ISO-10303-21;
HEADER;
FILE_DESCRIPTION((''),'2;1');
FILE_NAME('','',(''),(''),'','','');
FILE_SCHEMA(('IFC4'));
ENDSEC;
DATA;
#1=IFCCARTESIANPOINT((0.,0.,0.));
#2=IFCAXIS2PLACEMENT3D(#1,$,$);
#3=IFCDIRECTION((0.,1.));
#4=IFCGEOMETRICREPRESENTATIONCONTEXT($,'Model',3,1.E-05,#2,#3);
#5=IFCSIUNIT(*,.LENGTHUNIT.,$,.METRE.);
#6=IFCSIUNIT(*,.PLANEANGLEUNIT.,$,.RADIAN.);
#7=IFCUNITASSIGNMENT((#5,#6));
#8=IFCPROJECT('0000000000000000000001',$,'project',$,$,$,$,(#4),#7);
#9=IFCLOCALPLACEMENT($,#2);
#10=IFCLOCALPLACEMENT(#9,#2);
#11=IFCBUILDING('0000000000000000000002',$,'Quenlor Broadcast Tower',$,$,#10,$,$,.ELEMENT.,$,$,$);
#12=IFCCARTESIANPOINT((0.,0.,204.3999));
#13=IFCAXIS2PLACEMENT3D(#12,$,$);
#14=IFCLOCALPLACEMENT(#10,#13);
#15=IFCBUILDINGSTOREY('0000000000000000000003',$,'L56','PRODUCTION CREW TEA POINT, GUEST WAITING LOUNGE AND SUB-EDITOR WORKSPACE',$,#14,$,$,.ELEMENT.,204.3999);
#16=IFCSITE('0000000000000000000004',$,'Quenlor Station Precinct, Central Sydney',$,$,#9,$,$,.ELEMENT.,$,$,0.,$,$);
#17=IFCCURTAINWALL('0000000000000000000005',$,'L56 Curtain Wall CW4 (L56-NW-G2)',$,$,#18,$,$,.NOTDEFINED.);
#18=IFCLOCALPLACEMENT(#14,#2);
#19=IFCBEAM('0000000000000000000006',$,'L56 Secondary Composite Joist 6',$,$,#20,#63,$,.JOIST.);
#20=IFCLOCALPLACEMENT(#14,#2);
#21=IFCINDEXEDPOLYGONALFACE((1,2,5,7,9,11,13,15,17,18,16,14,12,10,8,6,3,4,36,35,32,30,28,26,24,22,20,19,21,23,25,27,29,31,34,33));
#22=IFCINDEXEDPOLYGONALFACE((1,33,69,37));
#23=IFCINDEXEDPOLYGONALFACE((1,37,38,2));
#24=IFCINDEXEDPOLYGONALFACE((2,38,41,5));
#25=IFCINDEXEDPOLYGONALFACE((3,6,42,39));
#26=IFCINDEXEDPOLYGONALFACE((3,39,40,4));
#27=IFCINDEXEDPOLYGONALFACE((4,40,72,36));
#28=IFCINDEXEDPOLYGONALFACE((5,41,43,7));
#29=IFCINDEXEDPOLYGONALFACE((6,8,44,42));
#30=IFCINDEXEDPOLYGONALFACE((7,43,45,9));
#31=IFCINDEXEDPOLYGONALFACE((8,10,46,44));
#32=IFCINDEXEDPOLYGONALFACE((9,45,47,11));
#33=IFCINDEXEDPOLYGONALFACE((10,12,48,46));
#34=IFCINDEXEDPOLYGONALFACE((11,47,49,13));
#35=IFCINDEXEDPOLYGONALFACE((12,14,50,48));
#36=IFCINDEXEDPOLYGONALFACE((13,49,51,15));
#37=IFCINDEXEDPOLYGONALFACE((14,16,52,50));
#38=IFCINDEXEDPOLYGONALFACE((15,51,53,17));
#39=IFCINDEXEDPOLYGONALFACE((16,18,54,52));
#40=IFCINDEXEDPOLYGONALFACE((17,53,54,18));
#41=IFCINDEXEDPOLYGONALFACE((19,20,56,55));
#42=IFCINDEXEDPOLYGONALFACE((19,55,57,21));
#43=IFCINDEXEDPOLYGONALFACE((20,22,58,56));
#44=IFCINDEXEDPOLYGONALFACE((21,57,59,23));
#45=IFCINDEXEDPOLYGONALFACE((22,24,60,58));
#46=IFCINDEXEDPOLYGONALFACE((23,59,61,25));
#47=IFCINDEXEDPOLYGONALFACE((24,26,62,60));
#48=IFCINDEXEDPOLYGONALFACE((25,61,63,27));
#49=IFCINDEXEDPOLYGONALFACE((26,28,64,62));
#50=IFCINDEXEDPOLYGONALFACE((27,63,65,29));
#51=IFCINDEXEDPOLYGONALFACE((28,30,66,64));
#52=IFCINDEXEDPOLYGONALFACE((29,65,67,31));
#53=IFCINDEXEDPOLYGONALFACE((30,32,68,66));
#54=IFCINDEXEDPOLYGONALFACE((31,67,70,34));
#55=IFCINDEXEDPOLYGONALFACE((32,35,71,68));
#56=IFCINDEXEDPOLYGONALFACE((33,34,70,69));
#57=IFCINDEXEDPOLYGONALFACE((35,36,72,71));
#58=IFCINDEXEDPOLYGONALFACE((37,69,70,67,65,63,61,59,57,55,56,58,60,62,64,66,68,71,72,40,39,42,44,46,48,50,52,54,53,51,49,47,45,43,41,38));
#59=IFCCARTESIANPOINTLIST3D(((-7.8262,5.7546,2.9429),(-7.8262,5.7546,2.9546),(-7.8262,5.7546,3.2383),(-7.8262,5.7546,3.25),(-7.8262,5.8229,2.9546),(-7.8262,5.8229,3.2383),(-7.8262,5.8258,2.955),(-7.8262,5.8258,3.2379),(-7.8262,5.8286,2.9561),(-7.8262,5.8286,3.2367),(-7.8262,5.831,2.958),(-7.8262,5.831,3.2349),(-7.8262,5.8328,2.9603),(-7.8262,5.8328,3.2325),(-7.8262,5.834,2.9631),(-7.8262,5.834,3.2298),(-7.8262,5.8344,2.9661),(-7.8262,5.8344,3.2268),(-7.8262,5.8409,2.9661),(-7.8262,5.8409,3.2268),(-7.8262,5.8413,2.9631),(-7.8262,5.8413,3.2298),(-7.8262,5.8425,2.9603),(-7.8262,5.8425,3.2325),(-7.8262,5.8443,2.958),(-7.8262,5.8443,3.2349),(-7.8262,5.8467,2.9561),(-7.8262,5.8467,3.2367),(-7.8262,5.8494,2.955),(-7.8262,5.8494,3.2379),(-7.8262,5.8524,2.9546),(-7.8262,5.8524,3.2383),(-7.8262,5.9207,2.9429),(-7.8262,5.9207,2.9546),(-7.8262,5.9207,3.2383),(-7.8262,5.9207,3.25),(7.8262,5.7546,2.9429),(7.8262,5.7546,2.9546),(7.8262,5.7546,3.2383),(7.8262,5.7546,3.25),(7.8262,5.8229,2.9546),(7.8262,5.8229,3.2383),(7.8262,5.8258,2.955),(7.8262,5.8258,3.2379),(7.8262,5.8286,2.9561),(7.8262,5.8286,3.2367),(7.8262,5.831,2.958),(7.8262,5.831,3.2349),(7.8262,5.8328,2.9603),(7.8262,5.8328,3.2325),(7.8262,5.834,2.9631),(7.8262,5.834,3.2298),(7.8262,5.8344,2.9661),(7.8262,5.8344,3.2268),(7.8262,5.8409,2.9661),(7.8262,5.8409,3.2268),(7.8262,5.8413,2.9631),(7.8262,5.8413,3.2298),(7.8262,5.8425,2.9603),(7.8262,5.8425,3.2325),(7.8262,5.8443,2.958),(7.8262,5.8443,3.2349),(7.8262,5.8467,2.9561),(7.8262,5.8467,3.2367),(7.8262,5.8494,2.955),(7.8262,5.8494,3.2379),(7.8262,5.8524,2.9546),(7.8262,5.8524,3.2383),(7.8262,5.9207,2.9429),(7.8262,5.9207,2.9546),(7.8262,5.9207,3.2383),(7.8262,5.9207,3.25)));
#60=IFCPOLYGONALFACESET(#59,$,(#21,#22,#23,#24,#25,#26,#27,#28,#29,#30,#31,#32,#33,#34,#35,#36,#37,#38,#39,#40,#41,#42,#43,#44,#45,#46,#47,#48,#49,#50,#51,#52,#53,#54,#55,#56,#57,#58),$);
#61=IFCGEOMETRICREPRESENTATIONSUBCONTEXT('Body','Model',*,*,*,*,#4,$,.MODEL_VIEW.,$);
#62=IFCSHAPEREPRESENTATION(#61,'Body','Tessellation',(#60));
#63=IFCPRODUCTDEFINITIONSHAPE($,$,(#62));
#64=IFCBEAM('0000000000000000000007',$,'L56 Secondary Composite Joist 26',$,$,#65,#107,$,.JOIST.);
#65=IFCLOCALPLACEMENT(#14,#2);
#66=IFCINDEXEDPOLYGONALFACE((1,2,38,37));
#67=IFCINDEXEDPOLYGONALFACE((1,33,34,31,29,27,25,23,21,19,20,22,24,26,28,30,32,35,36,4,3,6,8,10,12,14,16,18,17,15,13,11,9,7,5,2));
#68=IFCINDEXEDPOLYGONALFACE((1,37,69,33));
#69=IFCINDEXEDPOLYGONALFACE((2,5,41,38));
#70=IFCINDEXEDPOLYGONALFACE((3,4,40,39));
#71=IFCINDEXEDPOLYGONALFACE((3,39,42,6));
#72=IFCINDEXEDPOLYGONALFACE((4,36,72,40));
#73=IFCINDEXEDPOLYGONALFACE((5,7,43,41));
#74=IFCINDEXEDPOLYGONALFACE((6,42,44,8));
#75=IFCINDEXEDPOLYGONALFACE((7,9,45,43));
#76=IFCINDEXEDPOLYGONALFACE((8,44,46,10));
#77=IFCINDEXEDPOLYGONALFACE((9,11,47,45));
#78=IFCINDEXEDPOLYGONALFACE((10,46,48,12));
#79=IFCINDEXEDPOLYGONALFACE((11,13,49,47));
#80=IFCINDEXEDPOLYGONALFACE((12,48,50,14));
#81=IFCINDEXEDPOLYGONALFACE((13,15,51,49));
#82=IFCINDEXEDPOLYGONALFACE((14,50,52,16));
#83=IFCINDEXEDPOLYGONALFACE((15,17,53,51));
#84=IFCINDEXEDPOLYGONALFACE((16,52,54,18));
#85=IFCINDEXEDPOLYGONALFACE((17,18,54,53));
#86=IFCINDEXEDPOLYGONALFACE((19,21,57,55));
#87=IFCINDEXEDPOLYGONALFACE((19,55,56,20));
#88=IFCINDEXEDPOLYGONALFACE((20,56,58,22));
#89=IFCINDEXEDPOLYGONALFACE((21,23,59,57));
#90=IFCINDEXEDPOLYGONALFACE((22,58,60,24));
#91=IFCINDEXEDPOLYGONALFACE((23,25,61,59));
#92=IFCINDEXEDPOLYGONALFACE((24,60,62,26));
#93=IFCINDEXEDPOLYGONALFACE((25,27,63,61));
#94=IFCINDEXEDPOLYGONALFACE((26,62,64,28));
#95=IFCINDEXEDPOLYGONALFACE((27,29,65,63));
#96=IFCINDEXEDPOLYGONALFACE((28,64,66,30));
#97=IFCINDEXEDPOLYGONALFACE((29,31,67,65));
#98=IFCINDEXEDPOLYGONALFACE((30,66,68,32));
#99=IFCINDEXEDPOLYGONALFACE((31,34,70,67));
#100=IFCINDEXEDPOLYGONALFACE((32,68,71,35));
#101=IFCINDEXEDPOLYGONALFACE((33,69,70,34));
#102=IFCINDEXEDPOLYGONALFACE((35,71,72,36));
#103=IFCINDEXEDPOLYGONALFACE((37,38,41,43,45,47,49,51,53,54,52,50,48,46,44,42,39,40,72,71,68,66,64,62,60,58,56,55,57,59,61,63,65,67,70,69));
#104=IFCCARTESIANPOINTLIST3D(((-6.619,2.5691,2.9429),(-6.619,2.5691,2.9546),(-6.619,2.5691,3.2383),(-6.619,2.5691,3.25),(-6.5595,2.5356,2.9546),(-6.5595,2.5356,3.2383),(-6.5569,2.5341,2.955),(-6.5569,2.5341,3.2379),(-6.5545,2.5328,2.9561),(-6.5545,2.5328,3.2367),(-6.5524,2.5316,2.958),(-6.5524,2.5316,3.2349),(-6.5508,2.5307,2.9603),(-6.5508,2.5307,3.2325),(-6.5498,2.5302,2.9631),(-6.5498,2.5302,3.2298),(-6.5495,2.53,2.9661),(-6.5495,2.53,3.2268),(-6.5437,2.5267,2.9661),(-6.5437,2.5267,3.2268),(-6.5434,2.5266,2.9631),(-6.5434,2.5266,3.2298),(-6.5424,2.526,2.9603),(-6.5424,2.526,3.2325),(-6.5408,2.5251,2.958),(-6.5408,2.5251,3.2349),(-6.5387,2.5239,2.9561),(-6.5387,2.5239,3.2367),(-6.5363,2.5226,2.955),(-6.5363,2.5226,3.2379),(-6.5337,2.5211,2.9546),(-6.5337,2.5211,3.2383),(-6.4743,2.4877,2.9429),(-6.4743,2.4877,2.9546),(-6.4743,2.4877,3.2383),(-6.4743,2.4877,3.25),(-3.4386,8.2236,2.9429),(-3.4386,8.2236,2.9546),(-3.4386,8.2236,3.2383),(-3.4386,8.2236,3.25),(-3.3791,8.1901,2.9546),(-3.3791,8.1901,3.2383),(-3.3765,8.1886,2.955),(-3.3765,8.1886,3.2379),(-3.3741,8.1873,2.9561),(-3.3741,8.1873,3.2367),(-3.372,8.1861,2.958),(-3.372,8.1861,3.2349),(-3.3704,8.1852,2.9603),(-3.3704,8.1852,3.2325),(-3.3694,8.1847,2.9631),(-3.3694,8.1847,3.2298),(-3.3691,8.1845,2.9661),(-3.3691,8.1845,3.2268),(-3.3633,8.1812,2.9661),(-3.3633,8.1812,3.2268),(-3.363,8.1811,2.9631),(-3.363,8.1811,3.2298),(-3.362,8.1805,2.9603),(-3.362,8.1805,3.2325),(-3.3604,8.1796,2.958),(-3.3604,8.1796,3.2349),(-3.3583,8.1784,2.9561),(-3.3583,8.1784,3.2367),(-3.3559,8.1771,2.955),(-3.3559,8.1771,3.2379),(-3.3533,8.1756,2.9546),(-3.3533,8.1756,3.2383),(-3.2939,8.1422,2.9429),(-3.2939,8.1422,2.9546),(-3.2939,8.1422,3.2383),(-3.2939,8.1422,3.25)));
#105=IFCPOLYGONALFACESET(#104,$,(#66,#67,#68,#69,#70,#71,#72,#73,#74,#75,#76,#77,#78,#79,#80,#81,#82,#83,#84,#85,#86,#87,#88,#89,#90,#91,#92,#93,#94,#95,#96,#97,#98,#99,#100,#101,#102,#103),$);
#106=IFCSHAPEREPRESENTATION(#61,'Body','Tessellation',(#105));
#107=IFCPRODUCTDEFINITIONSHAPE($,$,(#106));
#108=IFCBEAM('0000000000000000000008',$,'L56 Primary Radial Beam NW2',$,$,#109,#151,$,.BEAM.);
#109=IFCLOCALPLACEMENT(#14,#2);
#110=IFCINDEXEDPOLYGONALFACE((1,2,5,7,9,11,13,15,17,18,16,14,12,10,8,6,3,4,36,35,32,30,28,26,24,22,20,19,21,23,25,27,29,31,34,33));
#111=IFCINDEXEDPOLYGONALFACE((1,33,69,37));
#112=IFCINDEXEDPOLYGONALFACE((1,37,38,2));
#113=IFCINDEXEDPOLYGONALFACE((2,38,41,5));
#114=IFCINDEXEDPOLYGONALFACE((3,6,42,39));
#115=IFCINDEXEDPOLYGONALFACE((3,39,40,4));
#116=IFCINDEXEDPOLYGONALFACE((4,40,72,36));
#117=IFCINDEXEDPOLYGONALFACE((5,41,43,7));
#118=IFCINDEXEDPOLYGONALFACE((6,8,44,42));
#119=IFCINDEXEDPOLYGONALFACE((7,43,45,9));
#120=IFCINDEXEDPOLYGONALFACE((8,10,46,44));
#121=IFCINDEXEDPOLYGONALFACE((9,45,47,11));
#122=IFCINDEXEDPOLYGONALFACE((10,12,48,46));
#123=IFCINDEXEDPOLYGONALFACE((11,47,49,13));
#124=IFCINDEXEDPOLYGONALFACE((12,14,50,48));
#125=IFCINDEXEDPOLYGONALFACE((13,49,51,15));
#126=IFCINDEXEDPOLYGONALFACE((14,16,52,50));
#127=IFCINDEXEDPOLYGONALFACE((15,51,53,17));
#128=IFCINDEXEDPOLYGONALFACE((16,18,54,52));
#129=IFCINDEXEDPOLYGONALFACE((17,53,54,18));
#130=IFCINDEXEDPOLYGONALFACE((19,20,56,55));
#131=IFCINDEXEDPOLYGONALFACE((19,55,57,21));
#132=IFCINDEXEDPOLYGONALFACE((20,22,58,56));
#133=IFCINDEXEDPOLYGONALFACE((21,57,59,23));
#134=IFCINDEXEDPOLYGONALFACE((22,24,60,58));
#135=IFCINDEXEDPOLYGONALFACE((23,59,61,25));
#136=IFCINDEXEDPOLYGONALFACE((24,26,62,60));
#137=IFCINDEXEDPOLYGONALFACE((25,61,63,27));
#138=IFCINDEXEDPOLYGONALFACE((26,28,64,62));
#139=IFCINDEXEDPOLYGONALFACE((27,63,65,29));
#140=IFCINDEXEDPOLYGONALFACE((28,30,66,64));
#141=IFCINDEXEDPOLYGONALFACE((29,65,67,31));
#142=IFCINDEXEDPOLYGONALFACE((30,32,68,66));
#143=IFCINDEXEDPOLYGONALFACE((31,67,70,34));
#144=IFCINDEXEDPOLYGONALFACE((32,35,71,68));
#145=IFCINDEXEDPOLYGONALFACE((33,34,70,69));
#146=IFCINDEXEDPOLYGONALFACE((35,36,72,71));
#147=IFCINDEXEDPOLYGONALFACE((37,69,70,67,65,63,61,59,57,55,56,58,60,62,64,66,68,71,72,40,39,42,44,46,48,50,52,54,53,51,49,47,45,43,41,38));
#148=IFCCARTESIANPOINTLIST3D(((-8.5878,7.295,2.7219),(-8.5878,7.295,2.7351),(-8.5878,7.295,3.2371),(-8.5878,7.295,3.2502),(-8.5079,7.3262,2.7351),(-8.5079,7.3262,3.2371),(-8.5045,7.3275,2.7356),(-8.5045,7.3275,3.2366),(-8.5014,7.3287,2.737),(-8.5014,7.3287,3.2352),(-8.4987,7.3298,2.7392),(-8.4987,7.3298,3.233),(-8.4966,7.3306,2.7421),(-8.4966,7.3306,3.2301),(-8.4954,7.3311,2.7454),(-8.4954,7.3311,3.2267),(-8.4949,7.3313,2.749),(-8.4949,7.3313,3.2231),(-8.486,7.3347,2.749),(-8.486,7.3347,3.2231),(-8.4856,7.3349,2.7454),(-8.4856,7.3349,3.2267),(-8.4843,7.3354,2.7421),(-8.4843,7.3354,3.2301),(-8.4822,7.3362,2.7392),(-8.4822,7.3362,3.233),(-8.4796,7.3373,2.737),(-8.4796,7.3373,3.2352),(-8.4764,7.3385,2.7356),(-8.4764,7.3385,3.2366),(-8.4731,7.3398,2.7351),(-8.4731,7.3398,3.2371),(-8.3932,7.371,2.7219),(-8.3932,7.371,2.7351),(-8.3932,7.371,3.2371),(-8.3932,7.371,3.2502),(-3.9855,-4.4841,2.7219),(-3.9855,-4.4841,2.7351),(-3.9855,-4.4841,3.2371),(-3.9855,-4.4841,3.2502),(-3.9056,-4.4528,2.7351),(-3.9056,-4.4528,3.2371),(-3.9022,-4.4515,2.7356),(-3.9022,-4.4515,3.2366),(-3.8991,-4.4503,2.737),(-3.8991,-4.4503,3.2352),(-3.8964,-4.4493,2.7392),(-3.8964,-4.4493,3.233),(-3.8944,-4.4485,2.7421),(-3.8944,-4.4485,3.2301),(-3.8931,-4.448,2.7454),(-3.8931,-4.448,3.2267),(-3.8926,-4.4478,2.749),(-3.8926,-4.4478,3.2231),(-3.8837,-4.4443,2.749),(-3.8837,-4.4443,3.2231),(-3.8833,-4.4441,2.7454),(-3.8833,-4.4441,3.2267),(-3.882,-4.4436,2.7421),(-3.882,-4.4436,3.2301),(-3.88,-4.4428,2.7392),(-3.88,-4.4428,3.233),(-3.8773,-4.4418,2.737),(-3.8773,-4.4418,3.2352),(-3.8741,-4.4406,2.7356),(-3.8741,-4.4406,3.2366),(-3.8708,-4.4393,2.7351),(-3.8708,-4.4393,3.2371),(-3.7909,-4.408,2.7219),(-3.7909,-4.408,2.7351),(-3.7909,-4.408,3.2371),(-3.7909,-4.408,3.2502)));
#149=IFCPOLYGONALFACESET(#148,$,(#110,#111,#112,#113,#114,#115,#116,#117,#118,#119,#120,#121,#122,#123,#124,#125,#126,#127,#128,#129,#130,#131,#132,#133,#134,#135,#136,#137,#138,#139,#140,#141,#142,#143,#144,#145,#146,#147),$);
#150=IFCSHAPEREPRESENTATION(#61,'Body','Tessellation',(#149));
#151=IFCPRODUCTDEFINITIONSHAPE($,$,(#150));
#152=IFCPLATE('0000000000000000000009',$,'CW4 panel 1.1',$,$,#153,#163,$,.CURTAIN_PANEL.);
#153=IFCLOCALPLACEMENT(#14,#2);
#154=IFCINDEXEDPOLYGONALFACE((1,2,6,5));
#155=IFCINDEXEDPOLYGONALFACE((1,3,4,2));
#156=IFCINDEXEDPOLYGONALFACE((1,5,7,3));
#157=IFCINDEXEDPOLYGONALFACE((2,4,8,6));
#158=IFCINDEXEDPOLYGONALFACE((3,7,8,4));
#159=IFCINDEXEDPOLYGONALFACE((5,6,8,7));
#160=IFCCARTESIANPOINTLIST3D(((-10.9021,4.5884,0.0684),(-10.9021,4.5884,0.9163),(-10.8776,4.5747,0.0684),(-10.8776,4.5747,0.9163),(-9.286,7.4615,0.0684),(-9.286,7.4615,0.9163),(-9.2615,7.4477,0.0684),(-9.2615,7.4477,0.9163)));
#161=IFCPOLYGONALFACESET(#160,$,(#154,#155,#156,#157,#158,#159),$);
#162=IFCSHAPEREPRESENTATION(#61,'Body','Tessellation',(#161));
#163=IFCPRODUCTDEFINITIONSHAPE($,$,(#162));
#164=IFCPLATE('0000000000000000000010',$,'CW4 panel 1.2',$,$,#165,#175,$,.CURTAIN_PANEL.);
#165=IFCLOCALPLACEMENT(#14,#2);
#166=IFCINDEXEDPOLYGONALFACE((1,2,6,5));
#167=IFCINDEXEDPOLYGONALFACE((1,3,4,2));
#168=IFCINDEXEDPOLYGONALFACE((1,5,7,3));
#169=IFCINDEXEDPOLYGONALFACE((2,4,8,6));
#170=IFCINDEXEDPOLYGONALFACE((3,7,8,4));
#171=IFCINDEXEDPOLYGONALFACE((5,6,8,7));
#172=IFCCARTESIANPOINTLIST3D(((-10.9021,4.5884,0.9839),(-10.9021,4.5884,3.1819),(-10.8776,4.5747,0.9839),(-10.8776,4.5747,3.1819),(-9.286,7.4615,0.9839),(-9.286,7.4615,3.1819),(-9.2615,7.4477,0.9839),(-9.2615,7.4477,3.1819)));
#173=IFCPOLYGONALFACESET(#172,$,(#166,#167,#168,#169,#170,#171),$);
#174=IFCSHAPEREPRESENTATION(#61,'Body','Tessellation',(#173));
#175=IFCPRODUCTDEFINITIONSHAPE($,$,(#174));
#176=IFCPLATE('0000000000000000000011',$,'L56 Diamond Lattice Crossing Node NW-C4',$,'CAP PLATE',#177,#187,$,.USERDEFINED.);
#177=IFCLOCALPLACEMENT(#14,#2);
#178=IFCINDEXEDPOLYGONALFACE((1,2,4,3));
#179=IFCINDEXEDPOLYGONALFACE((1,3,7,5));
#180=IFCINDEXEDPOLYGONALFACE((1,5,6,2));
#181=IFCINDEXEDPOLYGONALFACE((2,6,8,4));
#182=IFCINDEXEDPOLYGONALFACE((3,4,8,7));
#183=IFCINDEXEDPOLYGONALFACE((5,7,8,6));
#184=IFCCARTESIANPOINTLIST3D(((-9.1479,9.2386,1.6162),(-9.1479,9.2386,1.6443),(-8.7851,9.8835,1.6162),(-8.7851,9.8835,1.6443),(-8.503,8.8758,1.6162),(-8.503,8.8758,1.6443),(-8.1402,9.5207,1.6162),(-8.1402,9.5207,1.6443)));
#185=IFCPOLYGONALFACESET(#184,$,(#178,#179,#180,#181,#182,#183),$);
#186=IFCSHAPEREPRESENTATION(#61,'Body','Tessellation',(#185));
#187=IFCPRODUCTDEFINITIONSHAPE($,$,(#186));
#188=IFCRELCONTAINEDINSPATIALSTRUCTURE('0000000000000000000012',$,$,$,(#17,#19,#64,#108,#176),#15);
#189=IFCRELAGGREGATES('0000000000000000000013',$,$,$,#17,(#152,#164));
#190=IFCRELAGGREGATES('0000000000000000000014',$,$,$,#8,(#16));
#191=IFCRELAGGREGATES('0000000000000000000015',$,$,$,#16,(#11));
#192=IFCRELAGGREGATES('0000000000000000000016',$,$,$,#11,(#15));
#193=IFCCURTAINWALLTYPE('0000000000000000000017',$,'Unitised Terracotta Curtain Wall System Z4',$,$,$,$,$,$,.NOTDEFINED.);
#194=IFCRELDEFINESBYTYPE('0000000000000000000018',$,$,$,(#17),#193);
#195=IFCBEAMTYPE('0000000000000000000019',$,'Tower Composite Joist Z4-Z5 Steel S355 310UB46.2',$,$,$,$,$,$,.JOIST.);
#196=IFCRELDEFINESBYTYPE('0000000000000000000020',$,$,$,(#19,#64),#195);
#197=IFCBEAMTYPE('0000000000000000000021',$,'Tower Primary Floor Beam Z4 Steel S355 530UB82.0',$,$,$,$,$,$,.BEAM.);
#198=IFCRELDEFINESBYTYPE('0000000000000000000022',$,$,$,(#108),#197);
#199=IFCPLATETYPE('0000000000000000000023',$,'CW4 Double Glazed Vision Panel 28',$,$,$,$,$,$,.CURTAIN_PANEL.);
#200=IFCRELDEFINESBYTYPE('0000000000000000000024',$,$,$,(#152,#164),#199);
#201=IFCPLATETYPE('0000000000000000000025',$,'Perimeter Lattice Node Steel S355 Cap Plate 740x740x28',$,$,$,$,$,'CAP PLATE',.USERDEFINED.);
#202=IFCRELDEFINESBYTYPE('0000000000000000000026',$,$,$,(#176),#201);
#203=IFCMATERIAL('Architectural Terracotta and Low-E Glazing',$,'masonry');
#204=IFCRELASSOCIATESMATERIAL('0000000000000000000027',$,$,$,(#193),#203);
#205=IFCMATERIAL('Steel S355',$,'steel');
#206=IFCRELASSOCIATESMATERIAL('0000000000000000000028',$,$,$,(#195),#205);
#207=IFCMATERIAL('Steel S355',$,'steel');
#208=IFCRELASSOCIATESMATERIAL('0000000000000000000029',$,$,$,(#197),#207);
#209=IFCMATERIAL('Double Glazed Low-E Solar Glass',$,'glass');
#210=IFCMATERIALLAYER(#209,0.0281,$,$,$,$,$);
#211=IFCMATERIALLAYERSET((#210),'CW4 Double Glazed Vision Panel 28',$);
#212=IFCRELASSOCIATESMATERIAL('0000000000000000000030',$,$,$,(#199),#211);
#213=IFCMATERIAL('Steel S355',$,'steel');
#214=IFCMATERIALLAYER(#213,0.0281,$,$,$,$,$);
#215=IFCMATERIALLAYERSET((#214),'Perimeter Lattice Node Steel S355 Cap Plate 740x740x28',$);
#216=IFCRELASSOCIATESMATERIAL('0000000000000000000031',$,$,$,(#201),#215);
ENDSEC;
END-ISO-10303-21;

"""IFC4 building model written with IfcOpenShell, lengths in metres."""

from ifc_helpers import new_model, si_unit, direction, frame, origin, origin_2d, place, context, subcontext, project, spatial, rectangle, i_section, extrude, material, layer, layer_set, material_profile, profile_set, type_object, element, aggregate, save


model = new_model("IFC4")

# Units and contexts
model_context = context("Model", 3, precision=1e-05, world=origin(), true_north=direction((0.0, 1.0)))
body_context = subcontext(model_context, "Body", "Model", "MODEL_VIEW")
ifc_project = project(units=[si_unit("LENGTHUNIT", "METRE"), si_unit("PLANEANGLEUNIT", "RADIAN")], contexts=[model_context])

# Site, building, storey
site_placement = place(None, origin())
site = spatial("IfcSite", under=ifc_project, at=site_placement, Name="Quenlor Station Precinct, Central Sydney", CompositionType="ELEMENT", RefElevation=0.0)
building_placement = place(site_placement, origin())
building = spatial("IfcBuilding", under=site, at=building_placement, Name="Quenlor Broadcast Tower", CompositionType="ELEMENT")
storey_placement = place(building_placement, frame((0.0, 0.0, 204.3999)))
storey = spatial("IfcBuildingStorey", under=building, at=storey_placement, Name="L56", Description="PRODUCTION CREW TEA POINT, GUEST WAITING LOUNGE AND SUB-EDITOR WORKSPACE", CompositionType="ELEMENT", Elevation=204.3999)

# Curtain wall
ifc_material_1 = material(Name="Architectural Terracotta and Low-E Glazing", Category="masonry")
curtain_wall_type = type_object("IfcCurtainWallType", Name="Unitised Terracotta Curtain Wall System Z4", PredefinedType="NOTDEFINED", material=ifc_material_1)
curtain_wall_1_placement = place(storey_placement, origin())
curtain_wall_1 = element("IfcCurtainWall", 1, at=curtain_wall_1_placement, inside=storey, type_object=curtain_wall_type, Name="L56 Curtain Wall CW4 (L56-NW-G2)", PredefinedType="NOTDEFINED")

# Beams
ifc_material_2 = material(Name="Steel S355", Category="steel")
ifc_material_profile_1 = material_profile(ifc_material_2, i_section(OverallWidth=0.166, OverallDepth=0.3071, WebThickness=0.0066, FlangeThickness=0.0117, FilletRadius=0.0115, at=origin_2d()))
ifc_profile_set_1 = profile_set([ifc_material_profile_1], Name="Steel S355 310UB46.2")
beam_type_1 = type_object("IfcBeamType", Name="Tower Composite Joist Z4-Z5 Steel S355 310UB46.2", PredefinedType="JOIST", material=ifc_profile_set_1)
beam_1_placement = place(storey_placement, frame((-7.8262, 5.8376, 3.0964), z_axis=(1.0, 0.0, 0.0), x_axis=(0.0, 1.0, 0.0)))
element("IfcBeam", 2, at=beam_1_placement, inside=storey, type_object=beam_type_1, Name="L56 Secondary Composite Joist 6", PredefinedType="JOIST", context=body_context, shape_type="SweptSolid", body=[
    extrude(i_section(OverallWidth=0.166, OverallDepth=0.3071, WebThickness=0.0066, FlangeThickness=0.0117, FilletRadius=0.0115, at=origin_2d()), origin(), (0.0, 0.0, 1.0), 15.6523),
])
beam_2_placement = place(storey_placement, frame((-3.3662, 8.1829, 3.0964), z_axis=(-0.490231, -0.871593, 0.0), x_axis=(0.871593, -0.490231, 0.0)))
element("IfcBeam", 3, at=beam_2_placement, inside=storey, type_object=beam_type_1, Name="L56 Secondary Composite Joist 26", PredefinedType="JOIST", context=body_context, shape_type="SweptSolid", body=[
    extrude(i_section(OverallWidth=0.166, OverallDepth=0.3071, WebThickness=0.0066, FlangeThickness=0.0117, FilletRadius=0.0115, at=origin_2d()), origin(), (0.0, 0.0, 1.0), 6.4875),
])
ifc_material_3 = material(Name="Steel S355", Category="steel")
ifc_material_profile_2 = material_profile(ifc_material_3, i_section(OverallWidth=0.209, OverallDepth=0.5283, WebThickness=0.0095, FlangeThickness=0.0132, FilletRadius=0.0139, at=origin_2d()))
ifc_profile_set_2 = profile_set([ifc_material_profile_2], Name="Steel S355 530UB82.0")
beam_type_2 = type_object("IfcBeamType", Name="Tower Primary Floor Beam Z4 Steel S355 530UB82.0", PredefinedType="BEAM", material=ifc_profile_set_2)
beam_3_placement = place(storey_placement, frame((-8.4905, 7.333, 2.9861), z_axis=(0.363926, -0.931428, 0.0), x_axis=(0.931428, 0.363926, 0.0)))
element("IfcBeam", 4, at=beam_3_placement, inside=storey, type_object=beam_type_2, Name="L56 Primary Radial Beam NW2", PredefinedType="BEAM", context=body_context, shape_type="SweptSolid", body=[
    extrude(i_section(OverallWidth=0.209, OverallDepth=0.5283, WebThickness=0.0095, FlangeThickness=0.0132, FilletRadius=0.0139, at=origin_2d()), origin(), (0.0, 0.0, 1.0), 12.6462),
])

# Plates
ifc_material_4 = material(Name="Double Glazed Low-E Solar Glass", Category="glass")
ifc_layer_1 = layer(ifc_material_4, 0.0281)
ifc_layer_set_1 = layer_set([ifc_layer_1], Name="CW4 Double Glazed Vision Panel 28")
plate_type_1 = type_object("IfcPlateType", Name="CW4 Double Glazed Vision Panel 28", PredefinedType="CURTAIN_PANEL", material=ifc_layer_set_1)
plate_1_placement = place(storey_placement, frame((-10.0818, 6.0181, 0.0684), z_axis=(0.0, 0.0, 1.0), x_axis=(0.490257, 0.871578, 0.0)))
plate_1 = element("IfcPlate", 5, at=plate_1_placement, type_object=plate_type_1, Name="CW4 panel 1.1", PredefinedType="CURTAIN_PANEL", context=body_context, shape_type="SweptSolid", body=[
    extrude(rectangle(XDim=3.2964, YDim=0.0281, at=origin_2d()), origin(), (0.0, 0.0, 1.0), 0.8479),
])
plate_2_placement = place(storey_placement, frame((-10.0818, 6.0181, 0.9839), z_axis=(0.0, 0.0, 1.0), x_axis=(0.490257, 0.871578, 0.0)))
plate_2 = element("IfcPlate", 6, at=plate_2_placement, type_object=plate_type_1, Name="CW4 panel 1.2", PredefinedType="CURTAIN_PANEL", context=body_context, shape_type="SweptSolid", body=[
    extrude(rectangle(XDim=3.2964, YDim=0.0281, at=origin_2d()), origin(), (0.0, 0.0, 1.0), 2.198),
])
aggregate(curtain_wall_1, [plate_1, plate_2])

# Plate
ifc_material_5 = material(Name="Steel S355", Category="steel")
ifc_layer_2 = layer(ifc_material_5, 0.0281)
ifc_layer_set_2 = layer_set([ifc_layer_2], Name="Perimeter Lattice Node Steel S355 Cap Plate 740x740x28")
plate_type_2 = type_object("IfcPlateType", Name="Perimeter Lattice Node Steel S355 Cap Plate 740x740x28", ElementType="CAP PLATE", PredefinedType="USERDEFINED", material=ifc_layer_set_2)
plate_3_placement = place(storey_placement, frame((-8.644, 9.3796, 1.6162), z_axis=(0.0, 0.0, 1.0), x_axis=(0.490295, 0.871556, 0.0)))
element("IfcPlate", 7, at=plate_3_placement, inside=storey, type_object=plate_type_2, Name="L56 Diamond Lattice Crossing Node NW-C4", ObjectType="CAP PLATE", PredefinedType="USERDEFINED", context=body_context, shape_type="SweptSolid", body=[
    extrude(rectangle(XDim=0.74, YDim=0.74, at=origin_2d()), origin(), (0.0, 0.0, 1.0), 0.0281),
])

save(model, "model.ifc")
